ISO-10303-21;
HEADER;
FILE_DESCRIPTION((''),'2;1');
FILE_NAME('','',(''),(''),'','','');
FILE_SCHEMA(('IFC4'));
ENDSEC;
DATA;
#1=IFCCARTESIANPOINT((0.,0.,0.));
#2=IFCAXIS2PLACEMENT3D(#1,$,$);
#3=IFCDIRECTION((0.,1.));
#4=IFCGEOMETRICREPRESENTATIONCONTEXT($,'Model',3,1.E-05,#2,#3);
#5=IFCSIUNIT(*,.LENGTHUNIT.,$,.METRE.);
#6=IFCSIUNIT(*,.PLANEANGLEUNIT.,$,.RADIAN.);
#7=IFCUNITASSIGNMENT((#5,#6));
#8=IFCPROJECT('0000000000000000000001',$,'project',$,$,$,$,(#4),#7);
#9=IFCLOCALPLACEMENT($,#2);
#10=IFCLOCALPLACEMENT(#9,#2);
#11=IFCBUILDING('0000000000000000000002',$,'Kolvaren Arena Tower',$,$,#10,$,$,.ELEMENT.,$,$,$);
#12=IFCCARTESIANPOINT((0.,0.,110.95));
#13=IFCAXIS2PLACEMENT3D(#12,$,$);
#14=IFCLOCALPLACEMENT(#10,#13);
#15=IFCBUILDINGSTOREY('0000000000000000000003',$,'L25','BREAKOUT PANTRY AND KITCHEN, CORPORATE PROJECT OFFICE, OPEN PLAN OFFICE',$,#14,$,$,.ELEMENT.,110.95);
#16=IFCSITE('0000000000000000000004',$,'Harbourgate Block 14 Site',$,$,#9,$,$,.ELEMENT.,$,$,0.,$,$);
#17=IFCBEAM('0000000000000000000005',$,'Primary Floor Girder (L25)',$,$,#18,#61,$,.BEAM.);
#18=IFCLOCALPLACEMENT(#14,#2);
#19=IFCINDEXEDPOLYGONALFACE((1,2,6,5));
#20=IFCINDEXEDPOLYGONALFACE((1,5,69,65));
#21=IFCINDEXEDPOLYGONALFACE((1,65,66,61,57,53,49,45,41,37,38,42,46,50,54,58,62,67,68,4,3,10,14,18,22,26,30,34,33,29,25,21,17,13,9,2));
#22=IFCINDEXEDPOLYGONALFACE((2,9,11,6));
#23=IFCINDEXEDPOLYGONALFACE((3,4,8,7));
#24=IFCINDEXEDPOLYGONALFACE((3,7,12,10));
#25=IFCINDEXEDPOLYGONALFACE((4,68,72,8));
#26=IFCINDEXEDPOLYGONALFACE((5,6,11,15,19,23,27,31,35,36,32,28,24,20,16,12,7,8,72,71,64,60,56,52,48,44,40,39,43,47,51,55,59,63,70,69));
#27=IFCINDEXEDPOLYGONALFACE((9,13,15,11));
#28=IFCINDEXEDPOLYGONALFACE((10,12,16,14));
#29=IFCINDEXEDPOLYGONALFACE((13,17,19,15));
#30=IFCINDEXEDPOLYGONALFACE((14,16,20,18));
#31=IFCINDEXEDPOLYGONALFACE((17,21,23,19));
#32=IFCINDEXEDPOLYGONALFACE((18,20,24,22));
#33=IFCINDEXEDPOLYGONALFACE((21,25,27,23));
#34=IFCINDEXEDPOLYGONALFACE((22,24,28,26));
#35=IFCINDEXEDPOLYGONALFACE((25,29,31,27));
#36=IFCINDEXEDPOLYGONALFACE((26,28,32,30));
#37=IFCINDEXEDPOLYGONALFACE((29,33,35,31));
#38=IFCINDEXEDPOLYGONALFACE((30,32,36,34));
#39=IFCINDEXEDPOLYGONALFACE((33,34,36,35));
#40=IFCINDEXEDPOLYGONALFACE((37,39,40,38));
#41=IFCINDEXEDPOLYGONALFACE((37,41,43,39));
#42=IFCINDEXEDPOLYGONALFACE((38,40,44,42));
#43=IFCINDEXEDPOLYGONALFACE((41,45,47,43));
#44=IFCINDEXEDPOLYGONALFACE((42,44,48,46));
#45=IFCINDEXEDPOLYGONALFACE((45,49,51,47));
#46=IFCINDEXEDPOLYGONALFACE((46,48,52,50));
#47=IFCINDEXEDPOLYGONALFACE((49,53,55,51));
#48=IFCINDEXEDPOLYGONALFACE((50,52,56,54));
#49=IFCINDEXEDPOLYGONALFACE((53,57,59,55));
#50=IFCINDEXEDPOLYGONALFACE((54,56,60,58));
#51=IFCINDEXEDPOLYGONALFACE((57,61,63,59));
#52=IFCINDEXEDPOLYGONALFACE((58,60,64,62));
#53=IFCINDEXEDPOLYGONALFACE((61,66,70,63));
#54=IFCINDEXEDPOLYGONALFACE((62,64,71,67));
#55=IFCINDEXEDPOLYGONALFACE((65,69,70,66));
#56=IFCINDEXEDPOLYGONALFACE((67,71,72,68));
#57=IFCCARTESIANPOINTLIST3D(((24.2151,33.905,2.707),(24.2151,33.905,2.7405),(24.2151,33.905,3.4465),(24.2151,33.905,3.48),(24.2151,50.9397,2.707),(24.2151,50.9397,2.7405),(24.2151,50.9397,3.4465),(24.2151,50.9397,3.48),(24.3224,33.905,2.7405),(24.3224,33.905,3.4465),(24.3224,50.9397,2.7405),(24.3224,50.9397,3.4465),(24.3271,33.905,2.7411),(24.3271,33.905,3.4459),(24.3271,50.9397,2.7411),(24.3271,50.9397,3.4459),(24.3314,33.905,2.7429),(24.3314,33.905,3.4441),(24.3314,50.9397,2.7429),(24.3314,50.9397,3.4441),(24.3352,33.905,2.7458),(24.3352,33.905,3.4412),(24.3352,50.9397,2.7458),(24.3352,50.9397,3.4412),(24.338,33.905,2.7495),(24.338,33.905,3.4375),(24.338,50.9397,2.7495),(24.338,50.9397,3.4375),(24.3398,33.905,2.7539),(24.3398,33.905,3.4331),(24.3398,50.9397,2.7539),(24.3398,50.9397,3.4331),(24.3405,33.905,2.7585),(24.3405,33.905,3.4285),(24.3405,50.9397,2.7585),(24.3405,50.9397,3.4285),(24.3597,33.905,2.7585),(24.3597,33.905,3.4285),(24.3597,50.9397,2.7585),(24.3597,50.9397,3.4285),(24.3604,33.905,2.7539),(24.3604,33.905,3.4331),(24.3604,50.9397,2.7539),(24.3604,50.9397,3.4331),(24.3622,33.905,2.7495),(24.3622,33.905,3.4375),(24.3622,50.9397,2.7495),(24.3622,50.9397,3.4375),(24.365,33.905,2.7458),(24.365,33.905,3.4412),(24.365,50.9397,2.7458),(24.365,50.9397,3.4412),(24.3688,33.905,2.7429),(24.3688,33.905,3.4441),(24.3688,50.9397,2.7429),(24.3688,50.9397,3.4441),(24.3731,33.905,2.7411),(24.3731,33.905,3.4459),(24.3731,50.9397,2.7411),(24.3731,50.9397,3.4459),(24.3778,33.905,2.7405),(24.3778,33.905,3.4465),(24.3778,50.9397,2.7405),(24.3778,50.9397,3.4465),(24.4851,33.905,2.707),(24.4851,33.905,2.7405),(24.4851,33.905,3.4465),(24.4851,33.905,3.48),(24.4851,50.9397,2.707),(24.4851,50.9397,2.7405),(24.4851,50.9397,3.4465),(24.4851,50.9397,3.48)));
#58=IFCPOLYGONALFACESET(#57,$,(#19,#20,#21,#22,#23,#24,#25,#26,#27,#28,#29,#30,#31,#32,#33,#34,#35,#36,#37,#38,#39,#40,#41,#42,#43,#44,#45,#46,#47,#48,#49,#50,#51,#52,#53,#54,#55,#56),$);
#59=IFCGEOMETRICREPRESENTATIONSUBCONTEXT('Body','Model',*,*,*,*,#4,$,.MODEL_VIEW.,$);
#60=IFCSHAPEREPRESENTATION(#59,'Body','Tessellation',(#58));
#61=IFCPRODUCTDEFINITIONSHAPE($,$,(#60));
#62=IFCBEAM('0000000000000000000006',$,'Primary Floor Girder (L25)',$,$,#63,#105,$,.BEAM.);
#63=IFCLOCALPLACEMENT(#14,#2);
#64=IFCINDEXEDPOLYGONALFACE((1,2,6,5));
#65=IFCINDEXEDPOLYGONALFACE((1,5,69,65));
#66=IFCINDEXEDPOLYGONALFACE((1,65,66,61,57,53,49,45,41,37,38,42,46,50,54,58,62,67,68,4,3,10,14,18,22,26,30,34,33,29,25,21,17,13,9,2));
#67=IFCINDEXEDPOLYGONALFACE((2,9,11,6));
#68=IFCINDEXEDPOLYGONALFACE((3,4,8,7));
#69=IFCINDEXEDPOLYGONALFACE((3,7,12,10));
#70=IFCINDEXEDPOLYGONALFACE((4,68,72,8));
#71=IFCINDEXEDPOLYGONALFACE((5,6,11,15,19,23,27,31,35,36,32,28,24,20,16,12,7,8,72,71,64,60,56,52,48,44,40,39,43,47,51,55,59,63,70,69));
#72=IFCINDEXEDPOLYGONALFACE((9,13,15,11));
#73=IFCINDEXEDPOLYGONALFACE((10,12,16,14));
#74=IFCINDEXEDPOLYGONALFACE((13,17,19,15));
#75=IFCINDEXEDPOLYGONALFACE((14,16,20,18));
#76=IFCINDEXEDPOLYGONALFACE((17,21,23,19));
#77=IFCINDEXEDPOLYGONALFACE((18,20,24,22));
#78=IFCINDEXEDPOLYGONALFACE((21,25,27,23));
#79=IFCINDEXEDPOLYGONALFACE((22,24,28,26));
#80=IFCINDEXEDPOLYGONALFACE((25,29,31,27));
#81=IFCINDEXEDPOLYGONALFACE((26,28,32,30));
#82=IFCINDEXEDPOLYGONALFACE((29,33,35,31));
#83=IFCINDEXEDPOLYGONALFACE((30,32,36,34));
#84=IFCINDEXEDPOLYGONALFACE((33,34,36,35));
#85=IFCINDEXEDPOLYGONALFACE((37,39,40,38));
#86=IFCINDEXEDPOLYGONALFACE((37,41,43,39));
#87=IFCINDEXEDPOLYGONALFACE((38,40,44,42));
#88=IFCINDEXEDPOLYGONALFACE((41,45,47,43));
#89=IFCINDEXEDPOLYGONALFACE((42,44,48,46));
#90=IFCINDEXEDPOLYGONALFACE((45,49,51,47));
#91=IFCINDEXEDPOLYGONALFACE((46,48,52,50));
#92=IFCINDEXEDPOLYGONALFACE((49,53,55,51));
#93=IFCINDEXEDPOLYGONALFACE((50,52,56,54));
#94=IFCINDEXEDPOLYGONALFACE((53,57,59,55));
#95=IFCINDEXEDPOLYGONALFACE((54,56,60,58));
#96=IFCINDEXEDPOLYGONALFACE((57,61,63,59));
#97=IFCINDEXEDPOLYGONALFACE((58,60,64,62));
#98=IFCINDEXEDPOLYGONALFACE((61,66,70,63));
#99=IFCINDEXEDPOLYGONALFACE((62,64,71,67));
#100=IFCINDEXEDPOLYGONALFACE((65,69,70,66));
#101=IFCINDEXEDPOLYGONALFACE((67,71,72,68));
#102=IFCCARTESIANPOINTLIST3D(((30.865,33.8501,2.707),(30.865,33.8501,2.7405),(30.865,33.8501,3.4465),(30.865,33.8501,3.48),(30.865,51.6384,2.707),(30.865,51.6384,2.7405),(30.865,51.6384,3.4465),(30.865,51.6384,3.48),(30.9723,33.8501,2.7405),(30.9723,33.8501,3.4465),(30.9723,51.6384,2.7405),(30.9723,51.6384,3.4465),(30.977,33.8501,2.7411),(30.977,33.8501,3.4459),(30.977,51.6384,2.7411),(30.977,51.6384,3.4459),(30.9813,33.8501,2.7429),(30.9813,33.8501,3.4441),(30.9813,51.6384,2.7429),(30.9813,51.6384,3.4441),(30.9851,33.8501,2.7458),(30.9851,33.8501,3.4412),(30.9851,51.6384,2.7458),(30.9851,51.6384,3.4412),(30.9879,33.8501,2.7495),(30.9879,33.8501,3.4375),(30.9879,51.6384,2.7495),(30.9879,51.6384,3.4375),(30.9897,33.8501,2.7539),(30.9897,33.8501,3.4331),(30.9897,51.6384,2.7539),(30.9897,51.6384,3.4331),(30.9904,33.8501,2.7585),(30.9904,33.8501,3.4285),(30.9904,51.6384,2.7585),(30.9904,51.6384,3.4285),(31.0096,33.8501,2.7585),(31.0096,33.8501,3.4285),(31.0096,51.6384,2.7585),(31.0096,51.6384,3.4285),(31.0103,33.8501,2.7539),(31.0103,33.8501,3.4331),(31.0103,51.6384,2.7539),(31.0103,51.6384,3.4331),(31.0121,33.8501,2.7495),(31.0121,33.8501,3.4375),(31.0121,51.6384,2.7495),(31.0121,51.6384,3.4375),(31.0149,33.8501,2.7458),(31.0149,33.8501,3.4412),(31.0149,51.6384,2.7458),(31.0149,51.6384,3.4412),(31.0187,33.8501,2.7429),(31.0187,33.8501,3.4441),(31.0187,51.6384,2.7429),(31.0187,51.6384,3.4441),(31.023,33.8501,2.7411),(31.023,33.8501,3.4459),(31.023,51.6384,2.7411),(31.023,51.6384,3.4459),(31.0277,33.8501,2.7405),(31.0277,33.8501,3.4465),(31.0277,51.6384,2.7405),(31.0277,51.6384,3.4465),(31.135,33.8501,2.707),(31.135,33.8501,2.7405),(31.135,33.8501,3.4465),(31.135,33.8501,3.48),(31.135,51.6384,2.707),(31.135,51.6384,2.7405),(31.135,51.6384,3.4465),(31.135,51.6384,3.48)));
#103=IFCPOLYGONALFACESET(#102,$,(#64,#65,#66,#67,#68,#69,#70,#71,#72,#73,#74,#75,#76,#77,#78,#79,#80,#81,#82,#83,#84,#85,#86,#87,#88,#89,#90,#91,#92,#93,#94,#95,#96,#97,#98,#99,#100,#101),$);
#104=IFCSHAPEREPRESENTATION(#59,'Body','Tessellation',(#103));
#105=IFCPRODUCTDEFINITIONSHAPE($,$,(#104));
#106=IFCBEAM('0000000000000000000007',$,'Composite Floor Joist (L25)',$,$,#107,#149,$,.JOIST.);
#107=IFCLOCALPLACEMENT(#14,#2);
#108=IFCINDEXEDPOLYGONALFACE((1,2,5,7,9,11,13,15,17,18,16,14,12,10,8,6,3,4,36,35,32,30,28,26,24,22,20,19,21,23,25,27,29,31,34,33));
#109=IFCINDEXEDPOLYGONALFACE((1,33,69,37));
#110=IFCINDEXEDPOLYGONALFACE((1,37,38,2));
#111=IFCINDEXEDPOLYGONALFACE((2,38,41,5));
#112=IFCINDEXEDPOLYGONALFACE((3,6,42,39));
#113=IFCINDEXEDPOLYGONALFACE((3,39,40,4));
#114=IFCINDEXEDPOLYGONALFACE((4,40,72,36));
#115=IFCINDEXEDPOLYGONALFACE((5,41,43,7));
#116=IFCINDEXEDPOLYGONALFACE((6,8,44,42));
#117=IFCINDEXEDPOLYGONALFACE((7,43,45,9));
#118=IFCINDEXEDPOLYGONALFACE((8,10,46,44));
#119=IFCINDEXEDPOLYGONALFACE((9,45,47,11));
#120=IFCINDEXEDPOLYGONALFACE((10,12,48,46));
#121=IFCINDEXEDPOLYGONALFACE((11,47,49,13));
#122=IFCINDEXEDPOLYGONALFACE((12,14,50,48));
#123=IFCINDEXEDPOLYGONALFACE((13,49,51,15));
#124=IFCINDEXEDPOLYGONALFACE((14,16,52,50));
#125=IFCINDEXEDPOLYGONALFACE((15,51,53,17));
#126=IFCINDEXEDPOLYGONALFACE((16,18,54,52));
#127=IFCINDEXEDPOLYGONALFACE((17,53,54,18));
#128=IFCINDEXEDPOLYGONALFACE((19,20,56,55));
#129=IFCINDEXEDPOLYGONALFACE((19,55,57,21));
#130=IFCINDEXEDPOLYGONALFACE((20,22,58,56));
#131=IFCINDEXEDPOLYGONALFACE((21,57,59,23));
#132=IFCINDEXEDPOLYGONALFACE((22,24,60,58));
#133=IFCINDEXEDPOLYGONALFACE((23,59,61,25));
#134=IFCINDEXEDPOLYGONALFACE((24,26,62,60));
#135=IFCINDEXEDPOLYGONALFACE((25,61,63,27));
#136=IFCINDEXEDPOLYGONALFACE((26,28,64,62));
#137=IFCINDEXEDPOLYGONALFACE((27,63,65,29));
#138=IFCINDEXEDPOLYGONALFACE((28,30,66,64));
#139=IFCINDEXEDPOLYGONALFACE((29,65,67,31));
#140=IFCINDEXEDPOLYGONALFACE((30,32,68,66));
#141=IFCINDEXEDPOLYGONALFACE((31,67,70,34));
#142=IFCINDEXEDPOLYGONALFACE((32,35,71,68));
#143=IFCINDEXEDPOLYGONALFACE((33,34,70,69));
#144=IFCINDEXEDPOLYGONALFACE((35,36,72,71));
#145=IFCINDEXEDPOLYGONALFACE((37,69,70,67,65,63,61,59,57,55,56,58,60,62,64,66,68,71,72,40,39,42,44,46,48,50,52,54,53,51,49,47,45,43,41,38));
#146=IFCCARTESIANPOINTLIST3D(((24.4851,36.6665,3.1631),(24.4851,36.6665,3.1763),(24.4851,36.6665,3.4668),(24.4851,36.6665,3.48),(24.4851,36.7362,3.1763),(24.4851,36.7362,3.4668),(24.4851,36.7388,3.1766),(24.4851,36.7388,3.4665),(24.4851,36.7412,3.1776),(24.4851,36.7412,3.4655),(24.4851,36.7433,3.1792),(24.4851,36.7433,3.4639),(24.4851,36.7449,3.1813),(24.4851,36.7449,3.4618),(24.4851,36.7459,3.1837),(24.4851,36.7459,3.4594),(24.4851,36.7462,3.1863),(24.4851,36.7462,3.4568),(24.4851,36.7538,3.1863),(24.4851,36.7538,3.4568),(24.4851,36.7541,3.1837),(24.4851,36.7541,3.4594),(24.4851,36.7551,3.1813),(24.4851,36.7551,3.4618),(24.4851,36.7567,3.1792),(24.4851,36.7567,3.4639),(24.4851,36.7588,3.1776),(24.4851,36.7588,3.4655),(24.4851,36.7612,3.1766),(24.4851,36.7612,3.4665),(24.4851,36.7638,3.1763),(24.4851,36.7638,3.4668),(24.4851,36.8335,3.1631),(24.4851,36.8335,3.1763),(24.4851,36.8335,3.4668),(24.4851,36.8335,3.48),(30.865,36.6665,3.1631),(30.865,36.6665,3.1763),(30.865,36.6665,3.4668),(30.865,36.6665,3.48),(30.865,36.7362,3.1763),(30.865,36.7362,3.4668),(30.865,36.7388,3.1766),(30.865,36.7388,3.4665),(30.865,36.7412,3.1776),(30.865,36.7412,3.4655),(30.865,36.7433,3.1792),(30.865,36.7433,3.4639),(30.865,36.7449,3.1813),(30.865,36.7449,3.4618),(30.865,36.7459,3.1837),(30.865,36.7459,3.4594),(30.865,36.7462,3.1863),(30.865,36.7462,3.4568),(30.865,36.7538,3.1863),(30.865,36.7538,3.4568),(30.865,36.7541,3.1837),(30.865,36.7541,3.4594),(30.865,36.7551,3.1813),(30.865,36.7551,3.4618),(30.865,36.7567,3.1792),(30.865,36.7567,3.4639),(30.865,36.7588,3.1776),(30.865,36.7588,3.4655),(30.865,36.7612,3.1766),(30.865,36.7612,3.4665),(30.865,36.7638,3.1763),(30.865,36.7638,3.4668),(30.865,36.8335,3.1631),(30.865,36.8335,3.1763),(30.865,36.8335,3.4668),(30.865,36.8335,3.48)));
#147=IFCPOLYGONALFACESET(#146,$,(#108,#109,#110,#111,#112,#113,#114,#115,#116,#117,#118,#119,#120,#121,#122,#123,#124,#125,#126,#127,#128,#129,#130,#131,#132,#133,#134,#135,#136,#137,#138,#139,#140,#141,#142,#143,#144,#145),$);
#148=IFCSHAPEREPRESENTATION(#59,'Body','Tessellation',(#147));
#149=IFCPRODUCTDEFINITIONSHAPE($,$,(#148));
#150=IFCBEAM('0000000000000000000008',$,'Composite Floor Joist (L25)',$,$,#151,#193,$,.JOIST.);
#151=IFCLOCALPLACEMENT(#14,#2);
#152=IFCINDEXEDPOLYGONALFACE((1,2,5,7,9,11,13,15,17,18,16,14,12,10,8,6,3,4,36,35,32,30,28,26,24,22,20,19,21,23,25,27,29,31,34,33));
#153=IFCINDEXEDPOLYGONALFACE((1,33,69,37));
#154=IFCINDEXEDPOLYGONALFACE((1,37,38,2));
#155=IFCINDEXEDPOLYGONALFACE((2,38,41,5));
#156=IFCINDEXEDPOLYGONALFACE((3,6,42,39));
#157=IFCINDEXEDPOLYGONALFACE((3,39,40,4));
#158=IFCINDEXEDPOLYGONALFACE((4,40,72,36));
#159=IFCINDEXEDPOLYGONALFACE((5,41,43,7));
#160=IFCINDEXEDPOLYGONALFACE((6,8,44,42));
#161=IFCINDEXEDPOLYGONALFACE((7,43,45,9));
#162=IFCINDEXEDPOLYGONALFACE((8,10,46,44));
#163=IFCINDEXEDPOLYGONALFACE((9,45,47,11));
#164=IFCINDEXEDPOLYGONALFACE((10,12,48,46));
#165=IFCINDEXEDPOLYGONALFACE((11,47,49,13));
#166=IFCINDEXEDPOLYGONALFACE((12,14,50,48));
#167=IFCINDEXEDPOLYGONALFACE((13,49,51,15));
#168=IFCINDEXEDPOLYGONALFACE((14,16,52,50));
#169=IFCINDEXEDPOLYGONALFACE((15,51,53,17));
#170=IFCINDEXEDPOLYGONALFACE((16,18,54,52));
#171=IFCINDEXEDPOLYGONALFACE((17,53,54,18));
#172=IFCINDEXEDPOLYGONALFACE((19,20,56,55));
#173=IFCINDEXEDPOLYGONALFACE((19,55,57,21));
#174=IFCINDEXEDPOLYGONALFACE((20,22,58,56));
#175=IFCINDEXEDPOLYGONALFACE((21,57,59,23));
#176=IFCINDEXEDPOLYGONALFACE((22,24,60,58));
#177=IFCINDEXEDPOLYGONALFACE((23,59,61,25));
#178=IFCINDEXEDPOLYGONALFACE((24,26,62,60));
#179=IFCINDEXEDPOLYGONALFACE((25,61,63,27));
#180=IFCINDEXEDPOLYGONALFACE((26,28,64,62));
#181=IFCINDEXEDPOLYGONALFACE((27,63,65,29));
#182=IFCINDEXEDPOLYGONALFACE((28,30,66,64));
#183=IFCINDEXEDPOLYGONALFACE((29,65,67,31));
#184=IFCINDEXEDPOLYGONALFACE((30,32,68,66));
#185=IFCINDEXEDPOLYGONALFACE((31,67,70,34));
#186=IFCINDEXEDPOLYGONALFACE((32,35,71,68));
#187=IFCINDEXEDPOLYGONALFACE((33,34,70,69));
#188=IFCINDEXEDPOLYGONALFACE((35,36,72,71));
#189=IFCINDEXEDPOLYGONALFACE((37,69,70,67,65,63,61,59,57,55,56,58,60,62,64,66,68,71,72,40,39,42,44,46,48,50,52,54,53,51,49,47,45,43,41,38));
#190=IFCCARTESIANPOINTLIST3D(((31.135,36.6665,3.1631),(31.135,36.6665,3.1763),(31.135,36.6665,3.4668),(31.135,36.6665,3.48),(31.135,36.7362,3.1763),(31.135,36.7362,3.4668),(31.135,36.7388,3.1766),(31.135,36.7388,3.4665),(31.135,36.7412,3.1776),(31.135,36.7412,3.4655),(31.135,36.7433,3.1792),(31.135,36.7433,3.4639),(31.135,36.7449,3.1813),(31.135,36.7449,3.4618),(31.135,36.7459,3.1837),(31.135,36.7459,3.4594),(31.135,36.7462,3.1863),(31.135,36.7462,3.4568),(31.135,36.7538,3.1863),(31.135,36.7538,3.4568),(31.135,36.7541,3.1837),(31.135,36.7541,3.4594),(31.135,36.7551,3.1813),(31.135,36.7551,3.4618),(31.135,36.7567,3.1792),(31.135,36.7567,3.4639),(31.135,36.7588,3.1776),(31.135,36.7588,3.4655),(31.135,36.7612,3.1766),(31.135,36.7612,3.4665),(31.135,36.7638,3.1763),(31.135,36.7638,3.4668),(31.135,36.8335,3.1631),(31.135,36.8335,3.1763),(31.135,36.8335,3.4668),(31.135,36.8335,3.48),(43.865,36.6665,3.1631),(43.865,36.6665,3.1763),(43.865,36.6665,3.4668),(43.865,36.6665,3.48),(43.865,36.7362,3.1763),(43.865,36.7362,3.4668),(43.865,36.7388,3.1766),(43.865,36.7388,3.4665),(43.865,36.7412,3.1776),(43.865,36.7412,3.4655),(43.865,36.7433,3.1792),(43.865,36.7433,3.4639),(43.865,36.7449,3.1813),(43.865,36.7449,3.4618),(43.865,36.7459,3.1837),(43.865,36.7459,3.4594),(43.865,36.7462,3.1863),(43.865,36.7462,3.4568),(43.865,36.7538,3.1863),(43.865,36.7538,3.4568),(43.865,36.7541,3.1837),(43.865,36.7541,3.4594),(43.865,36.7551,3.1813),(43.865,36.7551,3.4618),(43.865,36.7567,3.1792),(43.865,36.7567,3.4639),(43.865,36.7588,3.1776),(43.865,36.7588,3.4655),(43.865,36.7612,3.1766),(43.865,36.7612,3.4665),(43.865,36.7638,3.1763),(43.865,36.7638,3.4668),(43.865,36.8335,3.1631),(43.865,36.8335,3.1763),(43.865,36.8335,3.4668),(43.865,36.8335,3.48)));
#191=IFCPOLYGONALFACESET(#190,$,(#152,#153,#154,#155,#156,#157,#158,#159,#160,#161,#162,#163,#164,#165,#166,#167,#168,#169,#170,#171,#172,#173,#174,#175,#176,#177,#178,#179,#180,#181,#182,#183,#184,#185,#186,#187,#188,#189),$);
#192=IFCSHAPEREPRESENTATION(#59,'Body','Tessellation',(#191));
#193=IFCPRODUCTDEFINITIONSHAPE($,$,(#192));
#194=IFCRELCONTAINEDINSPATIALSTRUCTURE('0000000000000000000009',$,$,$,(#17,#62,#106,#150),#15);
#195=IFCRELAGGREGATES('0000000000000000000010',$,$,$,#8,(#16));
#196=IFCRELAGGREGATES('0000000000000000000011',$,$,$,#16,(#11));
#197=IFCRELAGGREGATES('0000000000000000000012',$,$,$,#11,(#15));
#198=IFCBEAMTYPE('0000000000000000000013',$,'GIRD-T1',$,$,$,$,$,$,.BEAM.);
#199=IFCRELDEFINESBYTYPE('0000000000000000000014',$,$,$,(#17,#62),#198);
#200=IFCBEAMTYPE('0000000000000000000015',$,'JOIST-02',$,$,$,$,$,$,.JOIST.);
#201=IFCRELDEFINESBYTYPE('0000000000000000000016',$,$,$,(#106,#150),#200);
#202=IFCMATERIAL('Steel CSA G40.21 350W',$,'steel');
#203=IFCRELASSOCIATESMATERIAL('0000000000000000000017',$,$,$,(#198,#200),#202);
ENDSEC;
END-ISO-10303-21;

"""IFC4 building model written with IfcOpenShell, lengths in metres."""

from ifc_helpers import new_model, si_unit, direction, frame, origin, origin_2d, place, context, subcontext, project, spatial, i_section, extrude, material, material_profile, profile_set, type_object, element, save


model = new_model("IFC4")

# Units and contexts
model_context = context("Model", 3, precision=1e-05, world=origin(), true_north=direction((0.0, 1.0)))
body_context = subcontext(model_context, "Body", "Model", "MODEL_VIEW")
ifc_project = project(units=[si_unit("LENGTHUNIT", "METRE"), si_unit("PLANEANGLEUNIT", "RADIAN")], contexts=[model_context])

# Site, building, storey
site_placement = place(None, origin())
site = spatial("IfcSite", under=ifc_project, at=site_placement, Name="Harbourgate Block 14 Site", CompositionType="ELEMENT", RefElevation=0.0)
building_placement = place(site_placement, origin())
building = spatial("IfcBuilding", under=site, at=building_placement, Name="Kolvaren Arena Tower", CompositionType="ELEMENT")
storey_placement = place(building_placement, frame((0.0, 0.0, 110.95)))
storey = spatial("IfcBuildingStorey", under=building, at=storey_placement, Name="L25", Description="BREAKOUT PANTRY AND KITCHEN, CORPORATE PROJECT OFFICE, OPEN PLAN OFFICE", CompositionType="ELEMENT", Elevation=110.95)

# Beams
ifc_material_1 = material(Name="Steel CSA G40.21 350W", Category="steel")
ifc_material_profile_1 = material_profile(ifc_material_1, i_section(OverallWidth=0.27, OverallDepth=0.7729, WebThickness=0.0193, FlangeThickness=0.0334, FilletRadius=0.0181, at=origin_2d()), Name="W760x257")
ifc_profile_set_1 = profile_set([ifc_material_profile_1], Name="Steel CSA G40.21 350W")
beam_type_1 = type_object("IfcBeamType", Name="GIRD-T1", PredefinedType="BEAM", material=ifc_profile_set_1)
beam_1_placement = place(storey_placement, frame((24.3501, 33.905, 3.0935), z_axis=(0.0, 1.0, 0.0), x_axis=(-1.0, 0.0, 0.0)))
element("IfcBeam", 1, at=beam_1_placement, inside=storey, type_object=beam_type_1, Name="Primary Floor Girder (L25)", PredefinedType="BEAM", context=body_context, shape_type="SweptSolid", body=[
    extrude(i_section(OverallWidth=0.27, OverallDepth=0.7729, WebThickness=0.0193, FlangeThickness=0.0334, FilletRadius=0.0181, at=origin_2d()), origin(), (0.0, 0.0, 1.0), 17.0347),
])
beam_2_placement = place(storey_placement, frame((31.0, 33.8501, 3.0935), z_axis=(0.0, 1.0, 0.0), x_axis=(-1.0, 0.0, 0.0)))
element("IfcBeam", 2, at=beam_2_placement, inside=storey, type_object=beam_type_1, Name="Primary Floor Girder (L25)", PredefinedType="BEAM", context=body_context, shape_type="SweptSolid", body=[
    extrude(i_section(OverallWidth=0.27, OverallDepth=0.7729, WebThickness=0.0193, FlangeThickness=0.0334, FilletRadius=0.0181, at=origin_2d()), origin(), (0.0, 0.0, 1.0), 17.7883),
])
ifc_material_profile_2 = material_profile(ifc_material_1, i_section(OverallWidth=0.167, OverallDepth=0.3169, WebThickness=0.0076, FlangeThickness=0.0132, FilletRadius=0.01, at=origin_2d()), Name="W310x52")
ifc_profile_set_2 = profile_set([ifc_material_profile_2], Name="Steel CSA G40.21 350W")
beam_type_2 = type_object("IfcBeamType", Name="JOIST-02", PredefinedType="JOIST", material=ifc_profile_set_2)
beam_3_placement = place(storey_placement, frame((24.4851, 36.75, 3.3215), z_axis=(1.0, 0.0, 0.0), x_axis=(0.0, 1.0, 0.0)))
element("IfcBeam", 3, at=beam_3_placement, inside=storey, type_object=beam_type_2, Name="Composite Floor Joist (L25)", PredefinedType="JOIST", context=body_context, shape_type="SweptSolid", body=[
    extrude(i_section(OverallWidth=0.167, OverallDepth=0.3169, WebThickness=0.0076, FlangeThickness=0.0132, FilletRadius=0.01, at=origin_2d()), origin(), (0.0, 0.0, 1.0), 6.3799),
])
beam_4_placement = place(storey_placement, frame((31.135, 36.75, 3.3215), z_axis=(1.0, 0.0, 0.0), x_axis=(0.0, 1.0, 0.0)))
element("IfcBeam", 4, at=beam_4_placement, inside=storey, type_object=beam_type_2, Name="Composite Floor Joist (L25)", PredefinedType="JOIST", context=body_context, shape_type="SweptSolid", body=[
    extrude(i_section(OverallWidth=0.167, OverallDepth=0.3169, WebThickness=0.0076, FlangeThickness=0.0132, FilletRadius=0.01, at=origin_2d()), origin(), (0.0, 0.0, 1.0), 12.73),
])

save(model, "model.ifc")
